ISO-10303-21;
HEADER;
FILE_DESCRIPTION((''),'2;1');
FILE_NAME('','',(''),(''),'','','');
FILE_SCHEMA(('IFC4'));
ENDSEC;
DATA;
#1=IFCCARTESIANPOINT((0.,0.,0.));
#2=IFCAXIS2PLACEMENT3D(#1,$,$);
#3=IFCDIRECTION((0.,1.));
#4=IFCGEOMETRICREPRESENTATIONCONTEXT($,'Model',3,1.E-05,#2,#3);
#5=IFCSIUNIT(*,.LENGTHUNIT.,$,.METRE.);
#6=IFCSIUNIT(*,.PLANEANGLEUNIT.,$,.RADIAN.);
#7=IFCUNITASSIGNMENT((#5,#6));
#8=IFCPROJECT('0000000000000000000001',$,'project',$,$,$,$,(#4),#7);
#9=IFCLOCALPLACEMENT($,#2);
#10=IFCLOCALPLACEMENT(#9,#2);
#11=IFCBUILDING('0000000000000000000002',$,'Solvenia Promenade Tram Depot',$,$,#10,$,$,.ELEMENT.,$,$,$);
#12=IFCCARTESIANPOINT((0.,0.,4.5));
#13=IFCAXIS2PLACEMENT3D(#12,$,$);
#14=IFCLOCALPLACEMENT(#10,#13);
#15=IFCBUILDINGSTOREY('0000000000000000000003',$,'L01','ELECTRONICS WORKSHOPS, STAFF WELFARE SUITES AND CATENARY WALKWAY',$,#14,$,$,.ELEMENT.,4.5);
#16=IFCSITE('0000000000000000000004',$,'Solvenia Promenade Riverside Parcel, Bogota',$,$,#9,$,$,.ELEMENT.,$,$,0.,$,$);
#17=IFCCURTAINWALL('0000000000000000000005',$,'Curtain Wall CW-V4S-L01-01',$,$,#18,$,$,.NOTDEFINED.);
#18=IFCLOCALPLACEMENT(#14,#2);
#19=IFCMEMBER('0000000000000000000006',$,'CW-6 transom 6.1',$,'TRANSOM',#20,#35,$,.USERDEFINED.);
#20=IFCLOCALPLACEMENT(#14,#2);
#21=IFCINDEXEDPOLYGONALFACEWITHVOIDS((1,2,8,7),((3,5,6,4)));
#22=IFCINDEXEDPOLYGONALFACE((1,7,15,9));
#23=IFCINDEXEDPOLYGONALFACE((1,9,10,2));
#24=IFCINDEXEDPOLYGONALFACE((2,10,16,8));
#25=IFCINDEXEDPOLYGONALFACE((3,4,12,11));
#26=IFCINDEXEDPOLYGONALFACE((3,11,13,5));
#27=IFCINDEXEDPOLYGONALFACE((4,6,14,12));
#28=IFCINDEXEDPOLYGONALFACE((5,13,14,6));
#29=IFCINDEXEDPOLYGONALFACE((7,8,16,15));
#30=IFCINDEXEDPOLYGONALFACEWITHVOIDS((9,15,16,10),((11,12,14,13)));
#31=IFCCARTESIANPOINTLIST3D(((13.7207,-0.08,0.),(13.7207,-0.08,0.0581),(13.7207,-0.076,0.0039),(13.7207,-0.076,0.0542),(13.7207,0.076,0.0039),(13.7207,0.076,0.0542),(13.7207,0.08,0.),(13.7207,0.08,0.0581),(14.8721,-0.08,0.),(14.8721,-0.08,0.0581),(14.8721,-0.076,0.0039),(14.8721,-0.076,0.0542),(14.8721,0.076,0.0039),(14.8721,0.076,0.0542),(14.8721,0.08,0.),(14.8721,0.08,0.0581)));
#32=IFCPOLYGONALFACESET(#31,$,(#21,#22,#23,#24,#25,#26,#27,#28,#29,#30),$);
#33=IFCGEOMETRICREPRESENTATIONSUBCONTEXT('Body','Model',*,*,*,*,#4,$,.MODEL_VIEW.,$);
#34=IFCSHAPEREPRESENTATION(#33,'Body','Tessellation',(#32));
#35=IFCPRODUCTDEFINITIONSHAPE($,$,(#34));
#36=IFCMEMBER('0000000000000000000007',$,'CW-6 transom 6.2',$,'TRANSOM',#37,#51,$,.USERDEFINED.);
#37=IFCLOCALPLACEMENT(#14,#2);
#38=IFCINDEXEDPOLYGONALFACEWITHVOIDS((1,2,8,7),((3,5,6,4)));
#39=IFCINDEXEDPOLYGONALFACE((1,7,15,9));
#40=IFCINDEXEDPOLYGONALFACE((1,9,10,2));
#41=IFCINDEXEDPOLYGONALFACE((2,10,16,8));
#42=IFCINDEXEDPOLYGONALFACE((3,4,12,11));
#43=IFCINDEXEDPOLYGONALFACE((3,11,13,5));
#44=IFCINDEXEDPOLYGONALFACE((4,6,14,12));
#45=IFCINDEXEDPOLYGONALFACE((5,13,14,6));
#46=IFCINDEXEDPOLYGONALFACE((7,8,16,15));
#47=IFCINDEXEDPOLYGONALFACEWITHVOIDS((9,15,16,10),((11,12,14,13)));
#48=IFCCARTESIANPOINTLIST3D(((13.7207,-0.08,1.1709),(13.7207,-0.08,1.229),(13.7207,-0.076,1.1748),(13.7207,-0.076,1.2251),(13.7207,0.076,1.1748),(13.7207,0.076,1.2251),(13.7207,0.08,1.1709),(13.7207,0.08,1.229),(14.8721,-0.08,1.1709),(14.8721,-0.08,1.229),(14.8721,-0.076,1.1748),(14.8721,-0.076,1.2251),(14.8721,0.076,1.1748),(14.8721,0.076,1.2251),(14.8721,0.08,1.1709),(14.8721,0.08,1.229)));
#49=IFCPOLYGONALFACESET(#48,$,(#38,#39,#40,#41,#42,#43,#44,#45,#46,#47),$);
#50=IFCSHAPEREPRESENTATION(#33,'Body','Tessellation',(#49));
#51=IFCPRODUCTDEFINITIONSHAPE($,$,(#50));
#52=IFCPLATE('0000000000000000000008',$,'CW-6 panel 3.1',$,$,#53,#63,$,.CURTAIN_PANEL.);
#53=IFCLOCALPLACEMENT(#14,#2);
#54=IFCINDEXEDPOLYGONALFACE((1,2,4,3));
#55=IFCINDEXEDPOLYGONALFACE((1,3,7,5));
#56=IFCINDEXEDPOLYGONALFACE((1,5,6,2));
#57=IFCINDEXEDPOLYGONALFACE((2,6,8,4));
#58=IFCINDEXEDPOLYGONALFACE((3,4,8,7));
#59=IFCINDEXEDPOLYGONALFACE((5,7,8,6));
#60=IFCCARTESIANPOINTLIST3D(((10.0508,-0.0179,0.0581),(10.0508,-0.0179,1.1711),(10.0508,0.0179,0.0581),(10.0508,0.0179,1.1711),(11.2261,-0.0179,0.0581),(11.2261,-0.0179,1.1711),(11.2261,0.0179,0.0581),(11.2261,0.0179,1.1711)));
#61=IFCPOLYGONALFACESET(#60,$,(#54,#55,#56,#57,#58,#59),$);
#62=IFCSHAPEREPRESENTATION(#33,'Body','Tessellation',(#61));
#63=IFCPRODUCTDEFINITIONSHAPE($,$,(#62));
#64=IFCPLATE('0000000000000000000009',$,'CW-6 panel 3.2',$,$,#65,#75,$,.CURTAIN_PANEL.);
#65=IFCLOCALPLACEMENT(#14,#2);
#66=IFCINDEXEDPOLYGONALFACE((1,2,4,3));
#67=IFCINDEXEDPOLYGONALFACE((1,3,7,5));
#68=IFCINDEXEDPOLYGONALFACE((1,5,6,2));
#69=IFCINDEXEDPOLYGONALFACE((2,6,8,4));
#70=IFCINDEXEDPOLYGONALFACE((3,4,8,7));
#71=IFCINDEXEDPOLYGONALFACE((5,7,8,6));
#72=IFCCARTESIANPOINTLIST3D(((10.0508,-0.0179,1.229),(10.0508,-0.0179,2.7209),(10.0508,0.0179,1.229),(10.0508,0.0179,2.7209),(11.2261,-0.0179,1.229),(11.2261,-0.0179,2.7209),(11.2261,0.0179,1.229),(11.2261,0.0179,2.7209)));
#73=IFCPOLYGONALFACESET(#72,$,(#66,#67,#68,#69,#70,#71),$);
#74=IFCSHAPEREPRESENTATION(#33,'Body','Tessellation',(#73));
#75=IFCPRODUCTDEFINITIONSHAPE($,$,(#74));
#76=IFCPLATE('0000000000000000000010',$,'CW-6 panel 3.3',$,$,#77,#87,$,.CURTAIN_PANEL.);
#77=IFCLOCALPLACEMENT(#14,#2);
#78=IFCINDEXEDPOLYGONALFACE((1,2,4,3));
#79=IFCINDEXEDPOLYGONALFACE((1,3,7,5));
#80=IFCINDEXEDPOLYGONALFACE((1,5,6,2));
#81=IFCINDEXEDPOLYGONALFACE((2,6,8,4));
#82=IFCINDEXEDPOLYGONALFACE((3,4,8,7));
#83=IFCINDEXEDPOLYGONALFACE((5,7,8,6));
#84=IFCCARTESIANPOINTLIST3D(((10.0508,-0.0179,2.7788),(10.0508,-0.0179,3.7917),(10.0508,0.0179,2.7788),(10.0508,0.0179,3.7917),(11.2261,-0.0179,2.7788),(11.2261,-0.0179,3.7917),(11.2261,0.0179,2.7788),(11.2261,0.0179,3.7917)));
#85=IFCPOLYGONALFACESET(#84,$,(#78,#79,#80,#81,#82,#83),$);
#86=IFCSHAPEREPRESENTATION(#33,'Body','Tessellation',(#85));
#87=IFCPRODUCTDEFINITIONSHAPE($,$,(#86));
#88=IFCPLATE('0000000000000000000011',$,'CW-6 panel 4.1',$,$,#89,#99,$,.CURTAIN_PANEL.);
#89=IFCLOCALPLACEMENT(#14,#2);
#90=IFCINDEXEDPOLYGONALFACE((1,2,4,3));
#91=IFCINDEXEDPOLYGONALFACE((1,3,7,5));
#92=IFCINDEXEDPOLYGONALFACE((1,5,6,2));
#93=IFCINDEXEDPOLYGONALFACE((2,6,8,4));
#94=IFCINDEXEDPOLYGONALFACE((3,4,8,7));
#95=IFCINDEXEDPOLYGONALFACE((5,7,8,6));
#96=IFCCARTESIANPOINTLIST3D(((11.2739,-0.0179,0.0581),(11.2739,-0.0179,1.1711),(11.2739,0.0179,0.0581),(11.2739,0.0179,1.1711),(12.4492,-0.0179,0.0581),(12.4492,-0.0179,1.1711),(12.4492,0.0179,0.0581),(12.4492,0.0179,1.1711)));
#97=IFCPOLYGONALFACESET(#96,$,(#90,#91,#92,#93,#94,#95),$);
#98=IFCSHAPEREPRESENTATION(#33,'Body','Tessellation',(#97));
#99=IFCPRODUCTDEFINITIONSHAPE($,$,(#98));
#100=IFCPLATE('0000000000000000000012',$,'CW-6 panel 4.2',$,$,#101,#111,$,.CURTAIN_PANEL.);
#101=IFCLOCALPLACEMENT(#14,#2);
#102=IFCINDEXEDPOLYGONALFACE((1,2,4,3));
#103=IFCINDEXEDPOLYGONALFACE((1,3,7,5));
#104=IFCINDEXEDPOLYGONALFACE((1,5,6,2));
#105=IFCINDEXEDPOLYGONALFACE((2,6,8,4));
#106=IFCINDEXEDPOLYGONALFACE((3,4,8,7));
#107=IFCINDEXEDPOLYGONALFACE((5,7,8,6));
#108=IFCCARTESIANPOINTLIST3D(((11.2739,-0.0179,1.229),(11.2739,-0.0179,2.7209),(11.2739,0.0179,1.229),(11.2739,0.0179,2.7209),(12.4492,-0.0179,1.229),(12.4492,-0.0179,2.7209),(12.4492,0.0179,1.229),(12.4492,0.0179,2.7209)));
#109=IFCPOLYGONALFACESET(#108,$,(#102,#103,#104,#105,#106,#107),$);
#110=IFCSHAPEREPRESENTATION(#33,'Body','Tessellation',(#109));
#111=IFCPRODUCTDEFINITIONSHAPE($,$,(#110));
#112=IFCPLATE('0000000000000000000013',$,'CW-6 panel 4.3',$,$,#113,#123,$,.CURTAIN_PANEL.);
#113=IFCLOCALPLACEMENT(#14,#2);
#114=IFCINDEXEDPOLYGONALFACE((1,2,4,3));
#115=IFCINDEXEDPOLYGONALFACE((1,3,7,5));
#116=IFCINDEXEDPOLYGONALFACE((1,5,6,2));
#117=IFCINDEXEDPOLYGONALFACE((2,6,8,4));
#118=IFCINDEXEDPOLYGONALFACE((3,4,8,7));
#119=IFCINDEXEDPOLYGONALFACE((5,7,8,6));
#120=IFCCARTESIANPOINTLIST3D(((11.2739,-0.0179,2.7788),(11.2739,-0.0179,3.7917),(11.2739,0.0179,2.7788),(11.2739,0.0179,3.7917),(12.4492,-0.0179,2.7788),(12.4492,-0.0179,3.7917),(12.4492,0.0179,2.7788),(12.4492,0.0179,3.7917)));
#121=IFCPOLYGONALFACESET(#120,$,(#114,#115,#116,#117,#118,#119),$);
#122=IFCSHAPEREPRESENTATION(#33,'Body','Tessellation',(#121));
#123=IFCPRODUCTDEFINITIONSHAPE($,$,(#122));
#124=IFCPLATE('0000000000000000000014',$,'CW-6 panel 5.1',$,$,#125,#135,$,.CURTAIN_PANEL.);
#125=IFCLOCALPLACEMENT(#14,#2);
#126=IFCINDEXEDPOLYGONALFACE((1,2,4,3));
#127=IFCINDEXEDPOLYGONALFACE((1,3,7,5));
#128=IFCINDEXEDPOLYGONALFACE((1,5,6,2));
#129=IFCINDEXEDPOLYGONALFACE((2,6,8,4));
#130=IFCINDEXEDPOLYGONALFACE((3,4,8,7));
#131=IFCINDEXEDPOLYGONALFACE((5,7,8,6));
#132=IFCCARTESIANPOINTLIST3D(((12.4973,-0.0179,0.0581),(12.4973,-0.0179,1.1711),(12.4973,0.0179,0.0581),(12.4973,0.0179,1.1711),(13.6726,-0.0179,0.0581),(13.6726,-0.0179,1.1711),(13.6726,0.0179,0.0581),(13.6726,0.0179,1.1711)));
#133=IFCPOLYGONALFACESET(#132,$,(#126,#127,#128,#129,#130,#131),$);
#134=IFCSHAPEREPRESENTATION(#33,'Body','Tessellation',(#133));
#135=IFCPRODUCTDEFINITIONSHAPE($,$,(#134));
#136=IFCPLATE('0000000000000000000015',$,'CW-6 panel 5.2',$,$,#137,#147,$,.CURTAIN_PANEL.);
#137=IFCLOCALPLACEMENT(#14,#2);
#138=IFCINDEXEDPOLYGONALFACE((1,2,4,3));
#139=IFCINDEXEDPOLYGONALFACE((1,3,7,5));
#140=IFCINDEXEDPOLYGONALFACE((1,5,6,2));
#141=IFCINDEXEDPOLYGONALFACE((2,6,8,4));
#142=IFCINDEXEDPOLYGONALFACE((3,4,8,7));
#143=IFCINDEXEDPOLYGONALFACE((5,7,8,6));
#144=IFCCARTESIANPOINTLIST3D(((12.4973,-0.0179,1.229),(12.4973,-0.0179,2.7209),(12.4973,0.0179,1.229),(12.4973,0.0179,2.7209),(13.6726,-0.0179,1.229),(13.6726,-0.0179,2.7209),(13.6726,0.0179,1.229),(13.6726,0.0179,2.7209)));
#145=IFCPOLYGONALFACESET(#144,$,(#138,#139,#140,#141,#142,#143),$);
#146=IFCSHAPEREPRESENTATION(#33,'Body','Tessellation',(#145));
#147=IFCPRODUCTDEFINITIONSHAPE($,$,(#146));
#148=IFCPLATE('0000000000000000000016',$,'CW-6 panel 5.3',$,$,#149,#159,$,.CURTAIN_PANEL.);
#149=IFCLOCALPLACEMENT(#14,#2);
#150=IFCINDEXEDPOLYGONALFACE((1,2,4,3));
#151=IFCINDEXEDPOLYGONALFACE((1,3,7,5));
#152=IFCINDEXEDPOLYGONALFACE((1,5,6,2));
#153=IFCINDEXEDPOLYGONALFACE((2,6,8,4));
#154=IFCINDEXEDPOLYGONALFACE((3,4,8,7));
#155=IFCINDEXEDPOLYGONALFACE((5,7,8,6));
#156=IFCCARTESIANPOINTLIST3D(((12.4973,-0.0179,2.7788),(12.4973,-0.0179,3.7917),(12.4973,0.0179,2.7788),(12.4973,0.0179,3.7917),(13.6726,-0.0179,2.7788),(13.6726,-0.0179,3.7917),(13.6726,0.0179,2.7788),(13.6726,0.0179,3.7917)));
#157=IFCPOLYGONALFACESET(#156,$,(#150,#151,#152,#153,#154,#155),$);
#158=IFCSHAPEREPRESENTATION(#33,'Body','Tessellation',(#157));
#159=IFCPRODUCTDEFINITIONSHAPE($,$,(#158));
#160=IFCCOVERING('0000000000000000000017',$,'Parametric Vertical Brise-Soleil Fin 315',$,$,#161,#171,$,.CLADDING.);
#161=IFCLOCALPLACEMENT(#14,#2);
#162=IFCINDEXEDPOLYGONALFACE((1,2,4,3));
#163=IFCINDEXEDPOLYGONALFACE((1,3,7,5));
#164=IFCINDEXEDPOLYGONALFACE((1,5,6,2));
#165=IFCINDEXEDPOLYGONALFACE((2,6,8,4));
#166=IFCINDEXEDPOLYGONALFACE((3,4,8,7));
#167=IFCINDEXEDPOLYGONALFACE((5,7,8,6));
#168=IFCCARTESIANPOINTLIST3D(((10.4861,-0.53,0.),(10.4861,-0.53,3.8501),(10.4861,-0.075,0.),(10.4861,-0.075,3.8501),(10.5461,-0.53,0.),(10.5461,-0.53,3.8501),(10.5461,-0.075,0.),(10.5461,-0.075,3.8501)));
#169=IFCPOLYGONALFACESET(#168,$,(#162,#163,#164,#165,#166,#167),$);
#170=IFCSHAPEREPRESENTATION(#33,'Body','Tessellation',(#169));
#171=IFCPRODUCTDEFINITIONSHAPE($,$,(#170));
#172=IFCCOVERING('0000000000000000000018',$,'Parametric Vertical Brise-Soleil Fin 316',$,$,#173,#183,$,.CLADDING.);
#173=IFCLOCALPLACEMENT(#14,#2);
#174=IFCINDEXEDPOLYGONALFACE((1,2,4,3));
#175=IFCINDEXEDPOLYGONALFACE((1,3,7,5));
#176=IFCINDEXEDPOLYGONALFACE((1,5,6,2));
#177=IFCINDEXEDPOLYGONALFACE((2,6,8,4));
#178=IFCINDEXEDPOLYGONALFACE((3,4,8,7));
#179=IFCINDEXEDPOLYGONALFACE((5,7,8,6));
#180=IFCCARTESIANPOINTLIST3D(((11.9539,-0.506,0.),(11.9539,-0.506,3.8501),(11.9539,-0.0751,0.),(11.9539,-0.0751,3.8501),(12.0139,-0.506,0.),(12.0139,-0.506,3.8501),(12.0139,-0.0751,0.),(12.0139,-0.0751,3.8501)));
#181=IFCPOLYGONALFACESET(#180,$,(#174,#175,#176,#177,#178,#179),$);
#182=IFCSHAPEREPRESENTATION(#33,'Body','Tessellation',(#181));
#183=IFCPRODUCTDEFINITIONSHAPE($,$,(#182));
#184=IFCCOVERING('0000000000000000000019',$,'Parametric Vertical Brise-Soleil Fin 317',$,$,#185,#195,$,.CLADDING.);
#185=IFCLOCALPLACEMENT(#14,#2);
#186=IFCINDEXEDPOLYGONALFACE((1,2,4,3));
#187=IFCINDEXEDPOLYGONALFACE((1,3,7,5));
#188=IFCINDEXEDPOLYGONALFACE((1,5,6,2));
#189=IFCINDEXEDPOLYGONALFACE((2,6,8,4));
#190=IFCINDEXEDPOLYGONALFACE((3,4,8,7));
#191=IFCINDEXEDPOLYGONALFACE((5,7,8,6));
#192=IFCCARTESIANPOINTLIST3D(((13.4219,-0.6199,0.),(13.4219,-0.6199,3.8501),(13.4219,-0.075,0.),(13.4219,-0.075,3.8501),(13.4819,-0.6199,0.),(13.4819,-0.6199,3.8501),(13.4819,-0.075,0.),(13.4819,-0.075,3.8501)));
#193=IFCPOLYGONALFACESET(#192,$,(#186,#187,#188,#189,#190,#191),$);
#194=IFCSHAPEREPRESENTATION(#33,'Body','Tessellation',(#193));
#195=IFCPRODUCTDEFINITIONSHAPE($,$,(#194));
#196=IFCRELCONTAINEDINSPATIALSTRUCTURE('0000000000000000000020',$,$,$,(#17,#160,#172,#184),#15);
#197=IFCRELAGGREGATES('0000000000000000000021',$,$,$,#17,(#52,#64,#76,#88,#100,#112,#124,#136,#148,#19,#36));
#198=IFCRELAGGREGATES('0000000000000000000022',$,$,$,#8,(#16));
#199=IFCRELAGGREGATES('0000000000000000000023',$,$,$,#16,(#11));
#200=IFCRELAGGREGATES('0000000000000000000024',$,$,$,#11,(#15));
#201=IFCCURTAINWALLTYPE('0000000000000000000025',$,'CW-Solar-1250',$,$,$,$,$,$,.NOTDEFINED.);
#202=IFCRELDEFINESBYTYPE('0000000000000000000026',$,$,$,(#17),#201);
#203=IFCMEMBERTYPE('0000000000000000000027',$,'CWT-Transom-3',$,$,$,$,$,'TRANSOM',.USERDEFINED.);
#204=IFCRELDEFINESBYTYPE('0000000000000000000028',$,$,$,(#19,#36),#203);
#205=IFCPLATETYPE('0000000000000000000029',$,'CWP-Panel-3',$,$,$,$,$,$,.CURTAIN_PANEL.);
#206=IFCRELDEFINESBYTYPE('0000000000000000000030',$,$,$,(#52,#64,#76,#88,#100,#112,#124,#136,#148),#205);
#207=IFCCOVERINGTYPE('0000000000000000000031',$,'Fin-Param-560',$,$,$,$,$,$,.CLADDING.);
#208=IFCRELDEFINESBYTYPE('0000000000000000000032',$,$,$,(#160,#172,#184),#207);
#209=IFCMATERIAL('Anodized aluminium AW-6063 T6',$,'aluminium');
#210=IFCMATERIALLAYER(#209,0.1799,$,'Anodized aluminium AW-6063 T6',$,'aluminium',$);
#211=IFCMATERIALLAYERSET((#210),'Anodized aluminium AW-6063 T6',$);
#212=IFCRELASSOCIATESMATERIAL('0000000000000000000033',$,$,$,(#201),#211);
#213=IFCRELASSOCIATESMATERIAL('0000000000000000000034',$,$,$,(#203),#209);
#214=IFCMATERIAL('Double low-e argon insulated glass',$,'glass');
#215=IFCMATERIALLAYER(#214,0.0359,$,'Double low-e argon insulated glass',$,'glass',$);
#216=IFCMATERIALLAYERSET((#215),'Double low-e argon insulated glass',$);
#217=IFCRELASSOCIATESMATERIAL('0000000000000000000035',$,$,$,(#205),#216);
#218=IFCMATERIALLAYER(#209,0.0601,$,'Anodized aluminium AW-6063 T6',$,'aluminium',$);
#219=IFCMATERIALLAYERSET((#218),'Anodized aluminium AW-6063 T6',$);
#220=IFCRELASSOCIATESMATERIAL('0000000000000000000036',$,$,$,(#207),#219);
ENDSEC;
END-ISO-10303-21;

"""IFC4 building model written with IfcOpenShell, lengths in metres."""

from ifc_helpers import new_model, si_unit, direction, frame, origin, origin_2d, place, context, subcontext, project, spatial, rectangle, hollow_rectangle, extrude, material, layer, layer_set, material_profile, profile_set, type_object, element, aggregate, save


model = new_model("IFC4")

# Units and contexts
model_context = context("Model", 3, precision=1e-05, world=origin(), true_north=direction((0.0, 1.0)))
body_context = subcontext(model_context, "Body", "Model", "MODEL_VIEW")
ifc_project = project(units=[si_unit("LENGTHUNIT", "METRE"), si_unit("PLANEANGLEUNIT", "RADIAN")], contexts=[model_context])

# Site, building, storey
site_placement = place(None, origin())
site = spatial("IfcSite", under=ifc_project, at=site_placement, Name="Solvenia Promenade Riverside Parcel, Bogota", CompositionType="ELEMENT", RefElevation=0.0)
building_placement = place(site_placement, origin())
building = spatial("IfcBuilding", under=site, at=building_placement, Name="Solvenia Promenade Tram Depot", CompositionType="ELEMENT")
storey_placement = place(building_placement, frame((0.0, 0.0, 4.5)))
storey = spatial("IfcBuildingStorey", under=building, at=storey_placement, Name="L01", Description="ELECTRONICS WORKSHOPS, STAFF WELFARE SUITES AND CATENARY WALKWAY", CompositionType="ELEMENT", Elevation=4.5)

# Curtain wall, members, plates
ifc_material_1 = material(Name="Anodized aluminium AW-6063 T6", Category="aluminium")
ifc_layer_1 = layer(ifc_material_1, 0.1799, Name="Anodized aluminium AW-6063 T6", Category="aluminium")
ifc_layer_set_1 = layer_set([ifc_layer_1], Name="Anodized aluminium AW-6063 T6")
curtain_wall_type = type_object("IfcCurtainWallType", Name="CW-Solar-1250", PredefinedType="NOTDEFINED", material=ifc_layer_set_1)
curtain_wall_placement = place(storey_placement, origin())
curtain_wall = element("IfcCurtainWall", 1, at=curtain_wall_placement, inside=storey, type_object=curtain_wall_type, Name="Curtain Wall CW-V4S-L01-01", PredefinedType="NOTDEFINED")
ifc_material_profile_1 = material_profile(ifc_material_1, hollow_rectangle(XDim=0.1599, YDim=0.0581, WallThickness=0.0039, at=origin_2d()), Name="ALU-T3", Category="aluminium")
ifc_profile_set_1 = profile_set([ifc_material_profile_1], Name="Anodized aluminium AW-6063 T6")
member_type_1 = type_object("IfcMemberType", Name="CWT-Transom-3", ElementType="TRANSOM", PredefinedType="USERDEFINED", material=ifc_profile_set_1)
member_1_placement = place(storey_placement, frame((13.7207, 0.0, 0.0291), z_axis=(1.0, 0.0, 0.0), x_axis=(0.0, 1.0, 0.0)))
member_1 = element("IfcMember", 2, at=member_1_placement, type_object=member_type_1, Name="CW-6 transom 6.1", ObjectType="TRANSOM", PredefinedType="USERDEFINED", context=body_context, shape_type="SweptSolid", body=[
    extrude(hollow_rectangle(XDim=0.1599, YDim=0.0581, WallThickness=0.0039, at=origin_2d()), origin(), (0.0, 0.0, 1.0), 1.1514),
])
member_2_placement = place(storey_placement, frame((13.7207, 0.0, 1.2), z_axis=(1.0, 0.0, 0.0), x_axis=(0.0, 1.0, 0.0)))
member_2 = element("IfcMember", 3, at=member_2_placement, type_object=member_type_1, Name="CW-6 transom 6.2", ObjectType="TRANSOM", PredefinedType="USERDEFINED", context=body_context, shape_type="SweptSolid", body=[
    extrude(hollow_rectangle(XDim=0.1599, YDim=0.0581, WallThickness=0.0039, at=origin_2d()), origin(), (0.0, 0.0, 1.0), 1.1514),
])
ifc_material_2 = material(Name="Double low-e argon insulated glass", Category="glass")
ifc_layer_2 = layer(ifc_material_2, 0.0359, Name="Double low-e argon insulated glass", Category="glass")
ifc_layer_set_2 = layer_set([ifc_layer_2], Name="Double low-e argon insulated glass")
plate_type = type_object("IfcPlateType", Name="CWP-Panel-3", PredefinedType="CURTAIN_PANEL", material=ifc_layer_set_2)
plate_1_placement = place(storey_placement, frame((10.6384, 0.0, 0.0581), z_axis=(0.0, 0.0, 1.0), x_axis=(1.0, 0.0, 0.0)))
plate_1 = element("IfcPlate", 4, at=plate_1_placement, type_object=plate_type, Name="CW-6 panel 3.1", PredefinedType="CURTAIN_PANEL", context=body_context, shape_type="SweptSolid", body=[
    extrude(rectangle(XDim=1.1753, YDim=0.0359, at=origin_2d()), origin(), (0.0, 0.0, 1.0), 1.113),
])
plate_2_placement = place(storey_placement, frame((10.6384, 0.0, 1.229), z_axis=(0.0, 0.0, 1.0), x_axis=(1.0, 0.0, 0.0)))
plate_2 = element("IfcPlate", 5, at=plate_2_placement, type_object=plate_type, Name="CW-6 panel 3.2", PredefinedType="CURTAIN_PANEL", context=body_context, shape_type="SweptSolid", body=[
    extrude(rectangle(XDim=1.1753, YDim=0.0359, at=origin_2d()), origin(), (0.0, 0.0, 1.0), 1.4919),
])
plate_3_placement = place(storey_placement, frame((10.6384, 0.0, 2.7788), z_axis=(0.0, 0.0, 1.0), x_axis=(1.0, 0.0, 0.0)))
plate_3 = element("IfcPlate", 6, at=plate_3_placement, type_object=plate_type, Name="CW-6 panel 3.3", PredefinedType="CURTAIN_PANEL", context=body_context, shape_type="SweptSolid", body=[
    extrude(rectangle(XDim=1.1753, YDim=0.0359, at=origin_2d()), origin(), (0.0, 0.0, 1.0), 1.0129),
])
plate_4_placement = place(storey_placement, frame((11.8616, 0.0, 0.0581), z_axis=(0.0, 0.0, 1.0), x_axis=(1.0, 0.0, 0.0)))
plate_4 = element("IfcPlate", 7, at=plate_4_placement, type_object=plate_type, Name="CW-6 panel 4.1", PredefinedType="CURTAIN_PANEL", context=body_context, shape_type="SweptSolid", body=[
    extrude(rectangle(XDim=1.1753, YDim=0.0359, at=origin_2d()), origin(), (0.0, 0.0, 1.0), 1.113),
])
plate_5_placement = place(storey_placement, frame((11.8616, 0.0, 1.229), z_axis=(0.0, 0.0, 1.0), x_axis=(1.0, 0.0, 0.0)))
plate_5 = element("IfcPlate", 8, at=plate_5_placement, type_object=plate_type, Name="CW-6 panel 4.2", PredefinedType="CURTAIN_PANEL", context=body_context, shape_type="SweptSolid", body=[
    extrude(rectangle(XDim=1.1753, YDim=0.0359, at=origin_2d()), origin(), (0.0, 0.0, 1.0), 1.4919),
])
plate_6_placement = place(storey_placement, frame((11.8616, 0.0, 2.7788), z_axis=(0.0, 0.0, 1.0), x_axis=(1.0, 0.0, 0.0)))
plate_6 = element("IfcPlate", 9, at=plate_6_placement, type_object=plate_type, Name="CW-6 panel 4.3", PredefinedType="CURTAIN_PANEL", context=body_context, shape_type="SweptSolid", body=[
    extrude(rectangle(XDim=1.1753, YDim=0.0359, at=origin_2d()), origin(), (0.0, 0.0, 1.0), 1.0129),
])
plate_7_placement = place(storey_placement, frame((13.085, 0.0, 0.0581), z_axis=(0.0, 0.0, 1.0), x_axis=(1.0, 0.0, 0.0)))
plate_7 = element("IfcPlate", 10, at=plate_7_placement, type_object=plate_type, Name="CW-6 panel 5.1", PredefinedType="CURTAIN_PANEL", context=body_context, shape_type="SweptSolid", body=[
    extrude(rectangle(XDim=1.1753, YDim=0.0359, at=origin_2d()), origin(), (0.0, 0.0, 1.0), 1.113),
])
plate_8_placement = place(storey_placement, frame((13.085, 0.0, 1.229), z_axis=(0.0, 0.0, 1.0), x_axis=(1.0, 0.0, 0.0)))
plate_8 = element("IfcPlate", 11, at=plate_8_placement, type_object=plate_type, Name="CW-6 panel 5.2", PredefinedType="CURTAIN_PANEL", context=body_context, shape_type="SweptSolid", body=[
    extrude(rectangle(XDim=1.1753, YDim=0.0359, at=origin_2d()), origin(), (0.0, 0.0, 1.0), 1.4919),
])
plate_9_placement = place(storey_placement, frame((13.085, 0.0, 2.7788), z_axis=(0.0, 0.0, 1.0), x_axis=(1.0, 0.0, 0.0)))
plate_9 = element("IfcPlate", 12, at=plate_9_placement, type_object=plate_type, Name="CW-6 panel 5.3", PredefinedType="CURTAIN_PANEL", context=body_context, shape_type="SweptSolid", body=[
    extrude(rectangle(XDim=1.1753, YDim=0.0359, at=origin_2d()), origin(), (0.0, 0.0, 1.0), 1.0129),
])
aggregate(curtain_wall, [plate_1, plate_2, plate_3, plate_4, plate_5, plate_6, plate_7, plate_8, plate_9, member_1, member_2])

# Coverings
ifc_layer_3 = layer(ifc_material_1, 0.0601, Name="Anodized aluminium AW-6063 T6", Category="aluminium")
ifc_layer_set_3 = layer_set([ifc_layer_3], Name="Anodized aluminium AW-6063 T6")
covering_type = type_object("IfcCoveringType", Name="Fin-Param-560", PredefinedType="CLADDING", material=ifc_layer_set_3)
covering_1_placement = place(storey_placement, frame((10.5161, -0.3025, 0.0), z_axis=(0.0, 0.0, 1.0), x_axis=(1.0, 0.0, 0.0)))
element("IfcCovering", 13, at=covering_1_placement, inside=storey, type_object=covering_type, Name="Parametric Vertical Brise-Soleil Fin 315", PredefinedType="CLADDING", context=body_context, shape_type="SweptSolid", body=[
    extrude(rectangle(XDim=0.0601, YDim=0.4551, at=origin_2d()), origin(), (0.0, 0.0, 1.0), 3.8501),
])
covering_2_placement = place(storey_placement, frame((11.9839, -0.2905, 0.0), z_axis=(0.0, 0.0, 1.0), x_axis=(1.0, 0.0, 0.0)))
element("IfcCovering", 14, at=covering_2_placement, inside=storey, type_object=covering_type, Name="Parametric Vertical Brise-Soleil Fin 316", PredefinedType="CLADDING", context=body_context, shape_type="SweptSolid", body=[
    extrude(rectangle(XDim=0.0601, YDim=0.4309, at=origin_2d()), origin(), (0.0, 0.0, 1.0), 3.8501),
])
covering_3_placement = place(storey_placement, frame((13.4519, -0.3474, 0.0), z_axis=(0.0, 0.0, 1.0), x_axis=(1.0, 0.0, 0.0)))
element("IfcCovering", 15, at=covering_3_placement, inside=storey, type_object=covering_type, Name="Parametric Vertical Brise-Soleil Fin 317", PredefinedType="CLADDING", context=body_context, shape_type="SweptSolid", body=[
    extrude(rectangle(XDim=0.0601, YDim=0.5449, at=origin_2d()), origin(), (0.0, 0.0, 1.0), 3.8501),
])

save(model, "model.ifc")
